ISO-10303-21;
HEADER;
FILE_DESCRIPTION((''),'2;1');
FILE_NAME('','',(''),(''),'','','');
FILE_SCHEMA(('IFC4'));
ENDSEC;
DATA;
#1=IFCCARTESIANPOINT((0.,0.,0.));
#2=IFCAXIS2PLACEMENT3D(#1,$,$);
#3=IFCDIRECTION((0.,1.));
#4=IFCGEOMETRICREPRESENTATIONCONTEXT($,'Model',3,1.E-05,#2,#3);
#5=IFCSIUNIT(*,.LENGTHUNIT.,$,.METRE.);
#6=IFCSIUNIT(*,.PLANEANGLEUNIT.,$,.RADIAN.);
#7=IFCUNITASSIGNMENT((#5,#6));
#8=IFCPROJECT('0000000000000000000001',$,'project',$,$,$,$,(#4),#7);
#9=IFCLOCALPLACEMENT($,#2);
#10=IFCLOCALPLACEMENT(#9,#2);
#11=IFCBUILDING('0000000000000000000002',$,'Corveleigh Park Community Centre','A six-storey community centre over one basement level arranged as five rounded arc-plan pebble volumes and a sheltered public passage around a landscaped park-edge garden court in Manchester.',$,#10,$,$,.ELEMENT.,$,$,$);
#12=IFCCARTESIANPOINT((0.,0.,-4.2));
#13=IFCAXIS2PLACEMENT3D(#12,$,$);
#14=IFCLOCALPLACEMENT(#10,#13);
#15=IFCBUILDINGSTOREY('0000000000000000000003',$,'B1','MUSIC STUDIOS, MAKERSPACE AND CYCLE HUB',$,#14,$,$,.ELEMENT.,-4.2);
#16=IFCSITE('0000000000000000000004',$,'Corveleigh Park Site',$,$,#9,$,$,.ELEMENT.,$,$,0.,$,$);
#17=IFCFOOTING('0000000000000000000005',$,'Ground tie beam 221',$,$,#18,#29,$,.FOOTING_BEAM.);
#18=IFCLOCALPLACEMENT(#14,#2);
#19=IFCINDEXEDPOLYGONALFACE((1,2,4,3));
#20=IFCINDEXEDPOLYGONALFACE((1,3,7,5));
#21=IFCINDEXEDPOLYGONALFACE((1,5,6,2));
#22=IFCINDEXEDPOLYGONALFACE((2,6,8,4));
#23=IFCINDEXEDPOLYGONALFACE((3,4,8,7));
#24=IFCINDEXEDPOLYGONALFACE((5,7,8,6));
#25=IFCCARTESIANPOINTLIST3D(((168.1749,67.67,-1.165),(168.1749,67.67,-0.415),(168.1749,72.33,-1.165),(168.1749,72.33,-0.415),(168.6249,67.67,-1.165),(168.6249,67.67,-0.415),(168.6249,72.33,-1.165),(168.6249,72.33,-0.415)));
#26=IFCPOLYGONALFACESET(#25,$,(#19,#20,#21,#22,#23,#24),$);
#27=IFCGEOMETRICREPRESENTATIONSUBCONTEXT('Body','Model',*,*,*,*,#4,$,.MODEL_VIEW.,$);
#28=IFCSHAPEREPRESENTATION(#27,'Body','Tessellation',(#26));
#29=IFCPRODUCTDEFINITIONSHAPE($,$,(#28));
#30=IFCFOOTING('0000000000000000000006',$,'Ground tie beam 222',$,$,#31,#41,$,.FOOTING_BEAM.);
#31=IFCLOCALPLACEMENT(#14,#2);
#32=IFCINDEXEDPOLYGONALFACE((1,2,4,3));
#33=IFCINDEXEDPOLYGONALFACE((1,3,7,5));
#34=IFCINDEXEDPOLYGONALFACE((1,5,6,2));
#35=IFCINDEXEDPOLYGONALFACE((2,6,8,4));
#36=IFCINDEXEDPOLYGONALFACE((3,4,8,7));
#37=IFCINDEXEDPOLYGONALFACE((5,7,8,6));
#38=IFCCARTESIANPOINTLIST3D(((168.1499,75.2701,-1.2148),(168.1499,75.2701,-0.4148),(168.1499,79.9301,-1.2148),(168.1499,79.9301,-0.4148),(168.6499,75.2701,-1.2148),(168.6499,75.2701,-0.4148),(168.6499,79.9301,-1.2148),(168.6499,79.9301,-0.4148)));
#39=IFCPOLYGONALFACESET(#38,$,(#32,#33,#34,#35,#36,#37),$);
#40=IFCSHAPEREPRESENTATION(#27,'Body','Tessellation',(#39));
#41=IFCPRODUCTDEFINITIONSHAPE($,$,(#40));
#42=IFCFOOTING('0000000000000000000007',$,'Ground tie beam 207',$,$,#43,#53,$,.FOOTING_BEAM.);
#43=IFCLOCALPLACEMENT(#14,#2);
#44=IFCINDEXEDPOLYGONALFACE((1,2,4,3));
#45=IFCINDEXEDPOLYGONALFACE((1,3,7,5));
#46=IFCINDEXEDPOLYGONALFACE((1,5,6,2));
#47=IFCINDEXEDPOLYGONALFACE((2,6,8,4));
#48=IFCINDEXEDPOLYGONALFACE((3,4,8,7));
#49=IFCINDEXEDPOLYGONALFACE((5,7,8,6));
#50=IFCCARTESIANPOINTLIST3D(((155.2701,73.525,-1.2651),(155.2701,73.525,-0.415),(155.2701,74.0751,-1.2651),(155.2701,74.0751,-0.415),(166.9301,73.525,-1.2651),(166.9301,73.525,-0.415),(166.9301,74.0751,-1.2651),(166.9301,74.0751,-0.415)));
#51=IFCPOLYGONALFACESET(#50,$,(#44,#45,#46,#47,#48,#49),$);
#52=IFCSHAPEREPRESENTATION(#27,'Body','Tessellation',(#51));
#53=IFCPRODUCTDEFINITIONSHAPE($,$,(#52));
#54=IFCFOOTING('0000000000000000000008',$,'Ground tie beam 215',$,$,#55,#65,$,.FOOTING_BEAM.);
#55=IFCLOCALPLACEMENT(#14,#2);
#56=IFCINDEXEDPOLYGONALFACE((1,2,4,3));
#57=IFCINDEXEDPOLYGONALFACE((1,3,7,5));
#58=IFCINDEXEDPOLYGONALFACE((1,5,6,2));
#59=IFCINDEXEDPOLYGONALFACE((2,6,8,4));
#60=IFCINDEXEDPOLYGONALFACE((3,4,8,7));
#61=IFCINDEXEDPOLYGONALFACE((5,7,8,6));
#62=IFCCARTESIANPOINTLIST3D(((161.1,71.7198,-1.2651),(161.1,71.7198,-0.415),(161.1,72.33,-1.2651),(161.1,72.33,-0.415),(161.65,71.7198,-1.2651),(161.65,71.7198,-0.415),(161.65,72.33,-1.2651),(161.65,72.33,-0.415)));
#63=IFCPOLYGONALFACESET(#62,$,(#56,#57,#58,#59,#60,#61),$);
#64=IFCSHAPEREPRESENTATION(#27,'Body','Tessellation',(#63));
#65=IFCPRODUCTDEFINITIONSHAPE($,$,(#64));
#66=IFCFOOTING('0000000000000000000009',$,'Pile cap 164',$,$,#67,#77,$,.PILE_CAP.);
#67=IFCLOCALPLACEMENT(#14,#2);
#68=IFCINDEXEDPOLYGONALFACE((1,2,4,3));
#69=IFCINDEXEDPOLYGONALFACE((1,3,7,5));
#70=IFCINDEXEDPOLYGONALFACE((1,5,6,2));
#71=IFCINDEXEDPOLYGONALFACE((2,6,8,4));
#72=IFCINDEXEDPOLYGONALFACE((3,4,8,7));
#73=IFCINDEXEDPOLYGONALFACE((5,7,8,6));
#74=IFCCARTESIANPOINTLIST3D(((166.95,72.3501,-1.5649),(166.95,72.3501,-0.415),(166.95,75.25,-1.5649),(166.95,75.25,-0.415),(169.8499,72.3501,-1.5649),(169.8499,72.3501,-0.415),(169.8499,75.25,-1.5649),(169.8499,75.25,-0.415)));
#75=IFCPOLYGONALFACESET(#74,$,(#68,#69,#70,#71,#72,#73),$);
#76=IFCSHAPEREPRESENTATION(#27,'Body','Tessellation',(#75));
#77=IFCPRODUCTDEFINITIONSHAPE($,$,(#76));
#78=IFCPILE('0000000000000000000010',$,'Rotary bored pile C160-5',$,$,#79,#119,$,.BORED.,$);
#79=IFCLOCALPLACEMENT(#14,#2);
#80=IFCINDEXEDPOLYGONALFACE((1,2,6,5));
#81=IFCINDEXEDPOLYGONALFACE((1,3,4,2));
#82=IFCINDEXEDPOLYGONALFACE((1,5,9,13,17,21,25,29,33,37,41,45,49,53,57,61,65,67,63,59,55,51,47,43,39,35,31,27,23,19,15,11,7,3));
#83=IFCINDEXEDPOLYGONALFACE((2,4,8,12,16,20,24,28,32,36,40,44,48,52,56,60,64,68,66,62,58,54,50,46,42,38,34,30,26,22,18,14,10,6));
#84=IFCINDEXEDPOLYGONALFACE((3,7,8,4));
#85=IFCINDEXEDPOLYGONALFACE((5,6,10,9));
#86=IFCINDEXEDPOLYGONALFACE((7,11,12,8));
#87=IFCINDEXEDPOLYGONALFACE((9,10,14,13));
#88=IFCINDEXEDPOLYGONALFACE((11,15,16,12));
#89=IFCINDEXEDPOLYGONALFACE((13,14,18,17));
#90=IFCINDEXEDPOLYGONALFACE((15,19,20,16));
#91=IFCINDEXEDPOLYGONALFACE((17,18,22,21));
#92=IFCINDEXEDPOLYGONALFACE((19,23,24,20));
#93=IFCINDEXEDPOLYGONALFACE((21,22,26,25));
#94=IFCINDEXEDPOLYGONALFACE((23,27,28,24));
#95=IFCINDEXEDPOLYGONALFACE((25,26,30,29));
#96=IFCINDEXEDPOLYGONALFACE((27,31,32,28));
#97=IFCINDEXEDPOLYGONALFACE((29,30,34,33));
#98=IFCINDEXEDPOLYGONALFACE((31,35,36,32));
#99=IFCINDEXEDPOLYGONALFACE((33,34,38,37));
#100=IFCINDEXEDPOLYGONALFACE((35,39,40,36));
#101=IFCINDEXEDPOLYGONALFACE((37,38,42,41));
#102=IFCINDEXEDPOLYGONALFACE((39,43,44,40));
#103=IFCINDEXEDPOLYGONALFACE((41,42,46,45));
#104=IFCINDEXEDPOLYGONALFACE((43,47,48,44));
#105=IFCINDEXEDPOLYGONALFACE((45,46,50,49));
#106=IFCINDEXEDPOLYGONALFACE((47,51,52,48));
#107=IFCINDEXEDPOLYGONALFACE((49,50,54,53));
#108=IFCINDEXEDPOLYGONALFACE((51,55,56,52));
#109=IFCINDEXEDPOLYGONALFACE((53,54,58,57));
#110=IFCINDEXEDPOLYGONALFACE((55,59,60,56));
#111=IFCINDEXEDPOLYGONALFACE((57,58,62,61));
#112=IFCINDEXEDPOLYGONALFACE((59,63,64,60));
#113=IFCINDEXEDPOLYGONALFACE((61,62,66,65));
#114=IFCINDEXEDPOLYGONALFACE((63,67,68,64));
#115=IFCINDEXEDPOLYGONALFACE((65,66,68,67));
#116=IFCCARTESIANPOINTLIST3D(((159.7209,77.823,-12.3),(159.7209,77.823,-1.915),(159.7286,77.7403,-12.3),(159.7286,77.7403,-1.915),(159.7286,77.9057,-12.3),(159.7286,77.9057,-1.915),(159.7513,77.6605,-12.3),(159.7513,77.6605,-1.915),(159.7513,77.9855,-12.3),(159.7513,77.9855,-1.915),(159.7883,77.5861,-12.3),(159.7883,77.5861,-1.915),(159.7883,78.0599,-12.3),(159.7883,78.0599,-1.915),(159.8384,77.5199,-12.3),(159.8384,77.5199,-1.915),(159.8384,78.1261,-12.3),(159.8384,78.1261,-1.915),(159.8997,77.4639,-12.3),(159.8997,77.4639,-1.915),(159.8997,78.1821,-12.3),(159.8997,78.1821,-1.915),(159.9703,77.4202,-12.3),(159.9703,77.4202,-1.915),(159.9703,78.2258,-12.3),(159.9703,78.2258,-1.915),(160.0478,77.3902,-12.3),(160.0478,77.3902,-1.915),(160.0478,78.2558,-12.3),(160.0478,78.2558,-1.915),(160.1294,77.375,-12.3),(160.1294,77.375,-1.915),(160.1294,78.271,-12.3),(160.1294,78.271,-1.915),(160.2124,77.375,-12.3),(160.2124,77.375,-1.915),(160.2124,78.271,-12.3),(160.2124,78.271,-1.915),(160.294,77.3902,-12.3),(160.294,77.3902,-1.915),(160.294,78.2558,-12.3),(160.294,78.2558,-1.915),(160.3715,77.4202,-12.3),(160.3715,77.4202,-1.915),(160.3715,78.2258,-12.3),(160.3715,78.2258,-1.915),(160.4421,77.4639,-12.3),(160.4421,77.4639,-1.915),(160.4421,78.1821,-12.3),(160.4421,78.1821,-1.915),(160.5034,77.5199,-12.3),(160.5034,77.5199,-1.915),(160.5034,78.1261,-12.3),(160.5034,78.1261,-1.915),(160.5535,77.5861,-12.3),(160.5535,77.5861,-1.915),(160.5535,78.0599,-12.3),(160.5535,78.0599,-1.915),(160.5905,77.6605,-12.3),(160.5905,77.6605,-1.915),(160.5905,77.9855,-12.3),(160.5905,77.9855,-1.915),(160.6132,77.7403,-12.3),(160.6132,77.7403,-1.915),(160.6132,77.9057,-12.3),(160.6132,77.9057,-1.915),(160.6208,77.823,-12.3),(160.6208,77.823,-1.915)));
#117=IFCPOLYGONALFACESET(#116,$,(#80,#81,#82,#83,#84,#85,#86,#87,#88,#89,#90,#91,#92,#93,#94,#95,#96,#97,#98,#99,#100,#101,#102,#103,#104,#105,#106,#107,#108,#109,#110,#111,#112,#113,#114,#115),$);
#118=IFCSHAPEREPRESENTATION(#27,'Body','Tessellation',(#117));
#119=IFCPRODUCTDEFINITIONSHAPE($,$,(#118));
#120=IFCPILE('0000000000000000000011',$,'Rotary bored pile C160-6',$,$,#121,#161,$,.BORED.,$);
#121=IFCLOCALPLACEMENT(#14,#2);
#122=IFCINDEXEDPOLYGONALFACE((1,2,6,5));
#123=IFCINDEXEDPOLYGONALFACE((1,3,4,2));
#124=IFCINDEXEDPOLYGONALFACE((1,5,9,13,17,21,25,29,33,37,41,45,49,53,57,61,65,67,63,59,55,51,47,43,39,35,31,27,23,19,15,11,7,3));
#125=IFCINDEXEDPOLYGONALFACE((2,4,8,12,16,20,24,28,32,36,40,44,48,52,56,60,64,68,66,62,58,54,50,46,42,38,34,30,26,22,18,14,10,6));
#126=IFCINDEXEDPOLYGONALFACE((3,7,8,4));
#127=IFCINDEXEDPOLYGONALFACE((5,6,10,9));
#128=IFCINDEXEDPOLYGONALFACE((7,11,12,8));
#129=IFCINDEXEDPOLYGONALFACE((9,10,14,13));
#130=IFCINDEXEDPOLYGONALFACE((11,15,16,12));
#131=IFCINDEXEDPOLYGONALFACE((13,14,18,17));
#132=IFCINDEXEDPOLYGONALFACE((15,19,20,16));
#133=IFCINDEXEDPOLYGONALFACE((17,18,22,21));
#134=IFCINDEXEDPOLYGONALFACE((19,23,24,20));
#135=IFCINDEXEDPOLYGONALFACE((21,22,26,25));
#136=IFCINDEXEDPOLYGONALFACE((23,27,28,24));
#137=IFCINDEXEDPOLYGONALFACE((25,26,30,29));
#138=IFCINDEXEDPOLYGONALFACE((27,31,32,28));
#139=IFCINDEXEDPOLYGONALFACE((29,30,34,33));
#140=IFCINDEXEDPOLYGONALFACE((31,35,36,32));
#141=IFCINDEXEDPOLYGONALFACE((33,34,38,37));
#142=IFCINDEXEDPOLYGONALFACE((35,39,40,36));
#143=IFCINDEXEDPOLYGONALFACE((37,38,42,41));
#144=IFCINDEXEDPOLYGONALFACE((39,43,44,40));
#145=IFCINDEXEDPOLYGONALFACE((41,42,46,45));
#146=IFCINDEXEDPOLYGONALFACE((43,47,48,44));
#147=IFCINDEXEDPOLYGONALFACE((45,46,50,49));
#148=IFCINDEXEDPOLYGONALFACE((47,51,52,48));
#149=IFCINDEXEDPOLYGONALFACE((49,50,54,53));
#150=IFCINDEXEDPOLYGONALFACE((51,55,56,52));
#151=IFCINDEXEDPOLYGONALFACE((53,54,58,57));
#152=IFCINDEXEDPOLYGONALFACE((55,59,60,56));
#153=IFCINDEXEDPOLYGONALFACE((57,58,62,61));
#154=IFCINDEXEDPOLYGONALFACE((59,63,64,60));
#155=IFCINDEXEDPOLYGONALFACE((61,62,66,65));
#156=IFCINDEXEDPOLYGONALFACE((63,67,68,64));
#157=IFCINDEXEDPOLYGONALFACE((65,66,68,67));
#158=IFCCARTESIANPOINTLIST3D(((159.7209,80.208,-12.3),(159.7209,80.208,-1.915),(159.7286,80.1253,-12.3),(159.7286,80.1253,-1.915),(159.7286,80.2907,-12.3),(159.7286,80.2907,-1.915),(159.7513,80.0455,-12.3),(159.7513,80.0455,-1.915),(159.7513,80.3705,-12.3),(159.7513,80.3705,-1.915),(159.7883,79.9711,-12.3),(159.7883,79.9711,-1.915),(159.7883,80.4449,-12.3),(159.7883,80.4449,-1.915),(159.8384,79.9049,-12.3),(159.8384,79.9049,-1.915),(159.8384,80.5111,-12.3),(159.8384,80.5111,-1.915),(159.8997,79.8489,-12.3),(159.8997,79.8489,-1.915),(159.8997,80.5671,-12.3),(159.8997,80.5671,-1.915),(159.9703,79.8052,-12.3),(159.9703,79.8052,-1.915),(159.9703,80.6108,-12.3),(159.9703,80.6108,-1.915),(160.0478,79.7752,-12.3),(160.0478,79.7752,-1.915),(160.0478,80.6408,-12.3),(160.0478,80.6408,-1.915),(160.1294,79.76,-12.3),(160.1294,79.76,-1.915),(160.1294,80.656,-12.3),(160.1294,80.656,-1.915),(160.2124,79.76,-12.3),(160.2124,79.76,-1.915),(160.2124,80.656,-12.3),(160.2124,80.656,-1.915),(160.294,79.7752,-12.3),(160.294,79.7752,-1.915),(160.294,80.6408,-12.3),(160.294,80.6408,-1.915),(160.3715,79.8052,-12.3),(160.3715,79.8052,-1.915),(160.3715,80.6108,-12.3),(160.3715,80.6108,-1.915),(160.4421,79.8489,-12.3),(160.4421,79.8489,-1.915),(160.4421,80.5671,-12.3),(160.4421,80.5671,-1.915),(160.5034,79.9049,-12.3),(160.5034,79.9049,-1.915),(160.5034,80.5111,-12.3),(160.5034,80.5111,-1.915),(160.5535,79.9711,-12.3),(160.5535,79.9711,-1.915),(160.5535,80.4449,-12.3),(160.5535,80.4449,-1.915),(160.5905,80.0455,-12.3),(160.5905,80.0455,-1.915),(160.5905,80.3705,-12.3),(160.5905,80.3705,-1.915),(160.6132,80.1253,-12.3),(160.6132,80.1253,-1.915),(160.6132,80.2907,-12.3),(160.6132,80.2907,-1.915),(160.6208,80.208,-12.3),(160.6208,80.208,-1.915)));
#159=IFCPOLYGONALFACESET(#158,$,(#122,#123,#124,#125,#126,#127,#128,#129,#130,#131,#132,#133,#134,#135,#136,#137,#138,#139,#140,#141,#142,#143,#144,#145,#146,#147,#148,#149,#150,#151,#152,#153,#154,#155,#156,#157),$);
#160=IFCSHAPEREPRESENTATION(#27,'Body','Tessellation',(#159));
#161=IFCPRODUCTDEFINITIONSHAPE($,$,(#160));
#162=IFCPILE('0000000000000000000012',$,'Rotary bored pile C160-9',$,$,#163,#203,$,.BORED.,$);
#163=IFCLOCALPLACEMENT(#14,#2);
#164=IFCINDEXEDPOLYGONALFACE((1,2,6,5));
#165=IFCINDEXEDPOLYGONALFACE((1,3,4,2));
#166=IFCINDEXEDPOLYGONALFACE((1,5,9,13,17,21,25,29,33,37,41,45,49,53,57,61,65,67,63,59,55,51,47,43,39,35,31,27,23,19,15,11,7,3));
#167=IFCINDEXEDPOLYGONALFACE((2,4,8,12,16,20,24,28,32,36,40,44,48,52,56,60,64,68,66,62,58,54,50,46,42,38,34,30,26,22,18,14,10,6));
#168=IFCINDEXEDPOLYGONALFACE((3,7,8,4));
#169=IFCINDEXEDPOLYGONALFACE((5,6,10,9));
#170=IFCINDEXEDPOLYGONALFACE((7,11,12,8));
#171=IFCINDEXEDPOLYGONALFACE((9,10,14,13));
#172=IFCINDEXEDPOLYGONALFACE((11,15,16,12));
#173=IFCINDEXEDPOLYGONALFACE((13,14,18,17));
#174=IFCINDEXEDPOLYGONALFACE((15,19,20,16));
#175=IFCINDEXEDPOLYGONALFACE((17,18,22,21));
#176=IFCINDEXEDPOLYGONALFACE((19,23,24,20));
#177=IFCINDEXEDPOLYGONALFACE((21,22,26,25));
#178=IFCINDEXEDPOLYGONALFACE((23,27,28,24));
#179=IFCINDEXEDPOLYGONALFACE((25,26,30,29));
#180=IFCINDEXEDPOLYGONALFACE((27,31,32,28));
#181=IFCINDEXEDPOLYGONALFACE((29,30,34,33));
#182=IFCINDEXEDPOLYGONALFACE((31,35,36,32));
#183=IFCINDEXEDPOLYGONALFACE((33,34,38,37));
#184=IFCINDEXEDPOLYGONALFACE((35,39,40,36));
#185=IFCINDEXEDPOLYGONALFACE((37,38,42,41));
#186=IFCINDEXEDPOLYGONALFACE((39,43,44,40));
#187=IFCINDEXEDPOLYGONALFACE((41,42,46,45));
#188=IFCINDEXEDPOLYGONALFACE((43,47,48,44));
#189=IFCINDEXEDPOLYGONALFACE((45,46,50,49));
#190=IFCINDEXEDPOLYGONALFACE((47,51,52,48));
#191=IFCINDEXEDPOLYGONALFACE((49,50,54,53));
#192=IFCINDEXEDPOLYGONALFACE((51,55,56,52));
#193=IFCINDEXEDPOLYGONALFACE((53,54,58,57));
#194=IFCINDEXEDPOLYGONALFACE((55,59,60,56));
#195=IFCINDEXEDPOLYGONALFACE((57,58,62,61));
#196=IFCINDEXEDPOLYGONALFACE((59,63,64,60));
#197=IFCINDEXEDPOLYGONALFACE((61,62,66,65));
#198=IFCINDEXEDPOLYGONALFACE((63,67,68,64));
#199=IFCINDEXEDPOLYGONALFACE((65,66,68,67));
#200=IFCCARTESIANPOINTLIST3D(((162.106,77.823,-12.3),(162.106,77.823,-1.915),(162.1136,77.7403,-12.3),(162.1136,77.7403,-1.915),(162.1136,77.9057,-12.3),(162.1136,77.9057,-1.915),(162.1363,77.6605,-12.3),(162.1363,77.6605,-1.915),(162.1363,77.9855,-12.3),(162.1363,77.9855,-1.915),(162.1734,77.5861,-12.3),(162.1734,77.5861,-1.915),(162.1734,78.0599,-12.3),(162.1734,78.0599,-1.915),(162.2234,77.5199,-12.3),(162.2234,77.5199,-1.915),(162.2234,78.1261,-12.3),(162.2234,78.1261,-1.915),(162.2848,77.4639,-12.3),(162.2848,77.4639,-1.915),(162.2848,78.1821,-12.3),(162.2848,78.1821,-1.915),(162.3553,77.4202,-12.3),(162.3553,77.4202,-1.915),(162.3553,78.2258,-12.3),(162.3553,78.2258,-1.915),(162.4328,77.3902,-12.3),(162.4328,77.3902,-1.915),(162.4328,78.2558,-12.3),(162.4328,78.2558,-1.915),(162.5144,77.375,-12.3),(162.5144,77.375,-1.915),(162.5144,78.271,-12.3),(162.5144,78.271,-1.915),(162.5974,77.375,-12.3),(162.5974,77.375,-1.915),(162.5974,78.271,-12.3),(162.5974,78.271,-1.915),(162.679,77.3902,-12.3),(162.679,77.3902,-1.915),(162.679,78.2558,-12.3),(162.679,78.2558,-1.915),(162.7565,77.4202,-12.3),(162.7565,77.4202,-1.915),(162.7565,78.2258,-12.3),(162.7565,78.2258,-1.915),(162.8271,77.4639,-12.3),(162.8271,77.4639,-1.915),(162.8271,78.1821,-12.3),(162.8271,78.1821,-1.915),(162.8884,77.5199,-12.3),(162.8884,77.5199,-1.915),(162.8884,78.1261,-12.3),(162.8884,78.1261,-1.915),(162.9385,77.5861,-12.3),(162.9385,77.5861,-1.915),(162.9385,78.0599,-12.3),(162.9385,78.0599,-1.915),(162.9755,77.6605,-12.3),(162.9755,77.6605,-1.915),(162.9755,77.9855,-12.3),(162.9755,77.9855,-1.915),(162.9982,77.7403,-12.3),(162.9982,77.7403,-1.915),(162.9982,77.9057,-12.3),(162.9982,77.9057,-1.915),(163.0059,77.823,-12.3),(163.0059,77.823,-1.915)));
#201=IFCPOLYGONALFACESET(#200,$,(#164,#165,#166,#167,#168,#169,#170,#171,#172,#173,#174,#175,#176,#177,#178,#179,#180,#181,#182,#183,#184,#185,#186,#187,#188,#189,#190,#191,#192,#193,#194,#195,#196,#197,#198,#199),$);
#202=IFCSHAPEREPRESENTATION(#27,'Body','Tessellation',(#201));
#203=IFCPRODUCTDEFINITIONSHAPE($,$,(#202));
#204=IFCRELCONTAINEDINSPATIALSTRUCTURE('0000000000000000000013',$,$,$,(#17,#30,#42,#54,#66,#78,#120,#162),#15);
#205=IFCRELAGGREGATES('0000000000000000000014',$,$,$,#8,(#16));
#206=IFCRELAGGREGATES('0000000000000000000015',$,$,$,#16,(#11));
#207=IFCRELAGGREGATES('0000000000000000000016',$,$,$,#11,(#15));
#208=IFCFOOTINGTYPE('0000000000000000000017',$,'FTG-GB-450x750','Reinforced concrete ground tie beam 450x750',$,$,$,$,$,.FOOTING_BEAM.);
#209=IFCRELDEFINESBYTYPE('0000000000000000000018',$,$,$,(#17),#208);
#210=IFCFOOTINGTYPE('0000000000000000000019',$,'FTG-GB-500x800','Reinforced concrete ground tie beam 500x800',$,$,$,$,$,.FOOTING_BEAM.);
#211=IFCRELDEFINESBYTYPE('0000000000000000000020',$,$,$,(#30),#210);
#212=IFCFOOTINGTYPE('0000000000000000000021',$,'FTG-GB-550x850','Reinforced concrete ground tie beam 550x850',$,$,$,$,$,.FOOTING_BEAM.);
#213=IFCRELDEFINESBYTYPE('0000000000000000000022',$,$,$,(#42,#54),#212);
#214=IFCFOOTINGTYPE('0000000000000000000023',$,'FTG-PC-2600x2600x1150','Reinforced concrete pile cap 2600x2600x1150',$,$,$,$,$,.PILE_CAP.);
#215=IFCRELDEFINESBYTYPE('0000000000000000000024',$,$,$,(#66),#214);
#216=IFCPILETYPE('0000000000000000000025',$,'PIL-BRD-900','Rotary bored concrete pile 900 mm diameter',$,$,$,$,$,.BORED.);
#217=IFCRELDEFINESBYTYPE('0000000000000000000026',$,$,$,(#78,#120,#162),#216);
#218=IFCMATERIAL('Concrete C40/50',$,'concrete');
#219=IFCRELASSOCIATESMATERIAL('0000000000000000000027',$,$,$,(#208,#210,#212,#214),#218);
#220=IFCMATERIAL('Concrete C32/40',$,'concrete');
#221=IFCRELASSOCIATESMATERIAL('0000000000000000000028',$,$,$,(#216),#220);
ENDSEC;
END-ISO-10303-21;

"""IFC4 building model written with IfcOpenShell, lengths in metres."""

from ifc_helpers import new_model, si_unit, direction, frame, origin, origin_2d, place, context, subcontext, project, spatial, rectangle, circle, extrude, material, material_profile, profile_set, type_object, element, save


model = new_model("IFC4")

# Units and contexts
model_context = context("Model", 3, precision=1e-05, world=origin(), true_north=direction((0.0, 1.0)))
body_context = subcontext(model_context, "Body", "Model", "MODEL_VIEW")
ifc_project = project(units=[si_unit("LENGTHUNIT", "METRE"), si_unit("PLANEANGLEUNIT", "RADIAN")], contexts=[model_context])

# Site, building, storey
site_placement = place(None, origin())
site = spatial("IfcSite", under=ifc_project, at=site_placement, Name="Corveleigh Park Site", CompositionType="ELEMENT", RefElevation=0.0)
building_placement = place(site_placement, origin())
building = spatial("IfcBuilding", under=site, at=building_placement, Name="Corveleigh Park Community Centre", Description="A six-storey community centre over one basement level arranged as five rounded arc-plan pebble volumes and a sheltered public passage around a landscaped park-edge garden court in Manchester.", CompositionType="ELEMENT")
storey_placement = place(building_placement, frame((0.0, 0.0, -4.2)))
storey = spatial("IfcBuildingStorey", under=building, at=storey_placement, Name="B1", Description="MUSIC STUDIOS, MAKERSPACE AND CYCLE HUB", CompositionType="ELEMENT", Elevation=-4.2)

# Footings
ifc_material_1 = material(Name="Concrete C40/50", Category="concrete")
footing_type_1 = type_object("IfcFootingType", Name="FTG-GB-450x750", Description="Reinforced concrete ground tie beam 450x750", PredefinedType="FOOTING_BEAM", material=ifc_material_1)
footing_1_placement = place(storey_placement, frame((168.3999, 70.0, -1.165), z_axis=(0.0, 0.0, 1.0), x_axis=(1.0, 0.0, 0.0)))
element("IfcFooting", 1, at=footing_1_placement, inside=storey, type_object=footing_type_1, Name="Ground tie beam 221", PredefinedType="FOOTING_BEAM", context=body_context, shape_type="SweptSolid", body=[
    extrude(rectangle(XDim=0.45, YDim=4.6599, at=origin_2d()), origin(), (0.0, 0.0, 1.0), 0.75),
])
footing_type_2 = type_object("IfcFootingType", Name="FTG-GB-500x800", Description="Reinforced concrete ground tie beam 500x800", PredefinedType="FOOTING_BEAM", material=ifc_material_1)
footing_2_placement = place(storey_placement, frame((168.3999, 77.6001, -1.2148), z_axis=(0.0, 0.0, 1.0), x_axis=(1.0, 0.0, 0.0)))
element("IfcFooting", 2, at=footing_2_placement, inside=storey, type_object=footing_type_2, Name="Ground tie beam 222", PredefinedType="FOOTING_BEAM", context=body_context, shape_type="SweptSolid", body=[
    extrude(rectangle(XDim=0.5, YDim=4.6599, at=origin_2d()), origin(), (0.0, 0.0, 1.0), 0.8),
])
footing_type_3 = type_object("IfcFootingType", Name="FTG-GB-550x850", Description="Reinforced concrete ground tie beam 550x850", PredefinedType="FOOTING_BEAM", material=ifc_material_1)
footing_3_placement = place(storey_placement, frame((161.1001, 73.8, -1.2651), z_axis=(0.0, 0.0, 1.0), x_axis=(1.0, 0.0, 0.0)))
element("IfcFooting", 3, at=footing_3_placement, inside=storey, type_object=footing_type_3, Name="Ground tie beam 207", PredefinedType="FOOTING_BEAM", context=body_context, shape_type="SweptSolid", body=[
    extrude(rectangle(XDim=11.6599, YDim=0.55, at=origin_2d()), origin(), (0.0, 0.0, 1.0), 0.8501),
])
footing_4_placement = place(storey_placement, frame((161.375, 72.0249, -1.2651), z_axis=(0.0, 0.0, 1.0), x_axis=(1.0, 0.0, 0.0)))
element("IfcFooting", 4, at=footing_4_placement, inside=storey, type_object=footing_type_3, Name="Ground tie beam 215", PredefinedType="FOOTING_BEAM", context=body_context, shape_type="SweptSolid", body=[
    extrude(rectangle(XDim=0.55, YDim=0.6101, at=origin_2d()), origin(), (0.0, 0.0, 1.0), 0.8501),
])
footing_type_4 = type_object("IfcFootingType", Name="FTG-PC-2600x2600x1150", Description="Reinforced concrete pile cap 2600x2600x1150", PredefinedType="PILE_CAP", material=ifc_material_1)
footing_5_placement = place(storey_placement, frame((168.3999, 73.8, -1.5649), z_axis=(0.0, 0.0, 1.0), x_axis=(1.0, 0.0, 0.0)))
element("IfcFooting", 5, at=footing_5_placement, inside=storey, type_object=footing_type_4, Name="Pile cap 164", PredefinedType="PILE_CAP", context=body_context, shape_type="SweptSolid", body=[
    extrude(rectangle(XDim=2.8999, YDim=2.8999, at=origin_2d()), origin(), (0.0, 0.0, 1.0), 1.1499),
])

# Piles
ifc_material_2 = material(Name="Concrete C32/40", Category="concrete")
ifc_material_profile_1 = material_profile(ifc_material_2, circle(Radius=0.45, at=origin_2d()), Name="BORED-PILE-900", Category="concrete")
ifc_profile_set_1 = profile_set([ifc_material_profile_1], Name="Concrete C32/40")
pile_type = type_object("IfcPileType", Name="PIL-BRD-900", Description="Rotary bored concrete pile 900 mm diameter", PredefinedType="BORED", material=ifc_profile_set_1)
for number, where, z_axis, x_axis, name in (
    (6, (160.1709, 77.823, -1.915), (0.0, 0.0, -1.0), (1.0, 0.0, 0.0), "Rotary bored pile C160-5"),
    (7, (160.1709, 80.208, -1.915), (0.0, 0.0, -1.0), (1.0, 0.0, 0.0), "Rotary bored pile C160-6"),
    (8, (162.5559, 77.823, -1.915), (0.0, 0.0, -1.0), (1.0, 0.0, 0.0), "Rotary bored pile C160-9"),
):
    element("IfcPile", number, at=place(storey_placement, frame(where, z_axis=z_axis, x_axis=x_axis)), inside=storey, type_object=pile_type, Name=name, PredefinedType="BORED", context=body_context, shape_type="SweptSolid", body=[
        extrude(circle(Radius=0.45, at=origin_2d()), origin(), (0.0, 0.0, 1.0), 10.385),
    ])

save(model, "model.ifc")
